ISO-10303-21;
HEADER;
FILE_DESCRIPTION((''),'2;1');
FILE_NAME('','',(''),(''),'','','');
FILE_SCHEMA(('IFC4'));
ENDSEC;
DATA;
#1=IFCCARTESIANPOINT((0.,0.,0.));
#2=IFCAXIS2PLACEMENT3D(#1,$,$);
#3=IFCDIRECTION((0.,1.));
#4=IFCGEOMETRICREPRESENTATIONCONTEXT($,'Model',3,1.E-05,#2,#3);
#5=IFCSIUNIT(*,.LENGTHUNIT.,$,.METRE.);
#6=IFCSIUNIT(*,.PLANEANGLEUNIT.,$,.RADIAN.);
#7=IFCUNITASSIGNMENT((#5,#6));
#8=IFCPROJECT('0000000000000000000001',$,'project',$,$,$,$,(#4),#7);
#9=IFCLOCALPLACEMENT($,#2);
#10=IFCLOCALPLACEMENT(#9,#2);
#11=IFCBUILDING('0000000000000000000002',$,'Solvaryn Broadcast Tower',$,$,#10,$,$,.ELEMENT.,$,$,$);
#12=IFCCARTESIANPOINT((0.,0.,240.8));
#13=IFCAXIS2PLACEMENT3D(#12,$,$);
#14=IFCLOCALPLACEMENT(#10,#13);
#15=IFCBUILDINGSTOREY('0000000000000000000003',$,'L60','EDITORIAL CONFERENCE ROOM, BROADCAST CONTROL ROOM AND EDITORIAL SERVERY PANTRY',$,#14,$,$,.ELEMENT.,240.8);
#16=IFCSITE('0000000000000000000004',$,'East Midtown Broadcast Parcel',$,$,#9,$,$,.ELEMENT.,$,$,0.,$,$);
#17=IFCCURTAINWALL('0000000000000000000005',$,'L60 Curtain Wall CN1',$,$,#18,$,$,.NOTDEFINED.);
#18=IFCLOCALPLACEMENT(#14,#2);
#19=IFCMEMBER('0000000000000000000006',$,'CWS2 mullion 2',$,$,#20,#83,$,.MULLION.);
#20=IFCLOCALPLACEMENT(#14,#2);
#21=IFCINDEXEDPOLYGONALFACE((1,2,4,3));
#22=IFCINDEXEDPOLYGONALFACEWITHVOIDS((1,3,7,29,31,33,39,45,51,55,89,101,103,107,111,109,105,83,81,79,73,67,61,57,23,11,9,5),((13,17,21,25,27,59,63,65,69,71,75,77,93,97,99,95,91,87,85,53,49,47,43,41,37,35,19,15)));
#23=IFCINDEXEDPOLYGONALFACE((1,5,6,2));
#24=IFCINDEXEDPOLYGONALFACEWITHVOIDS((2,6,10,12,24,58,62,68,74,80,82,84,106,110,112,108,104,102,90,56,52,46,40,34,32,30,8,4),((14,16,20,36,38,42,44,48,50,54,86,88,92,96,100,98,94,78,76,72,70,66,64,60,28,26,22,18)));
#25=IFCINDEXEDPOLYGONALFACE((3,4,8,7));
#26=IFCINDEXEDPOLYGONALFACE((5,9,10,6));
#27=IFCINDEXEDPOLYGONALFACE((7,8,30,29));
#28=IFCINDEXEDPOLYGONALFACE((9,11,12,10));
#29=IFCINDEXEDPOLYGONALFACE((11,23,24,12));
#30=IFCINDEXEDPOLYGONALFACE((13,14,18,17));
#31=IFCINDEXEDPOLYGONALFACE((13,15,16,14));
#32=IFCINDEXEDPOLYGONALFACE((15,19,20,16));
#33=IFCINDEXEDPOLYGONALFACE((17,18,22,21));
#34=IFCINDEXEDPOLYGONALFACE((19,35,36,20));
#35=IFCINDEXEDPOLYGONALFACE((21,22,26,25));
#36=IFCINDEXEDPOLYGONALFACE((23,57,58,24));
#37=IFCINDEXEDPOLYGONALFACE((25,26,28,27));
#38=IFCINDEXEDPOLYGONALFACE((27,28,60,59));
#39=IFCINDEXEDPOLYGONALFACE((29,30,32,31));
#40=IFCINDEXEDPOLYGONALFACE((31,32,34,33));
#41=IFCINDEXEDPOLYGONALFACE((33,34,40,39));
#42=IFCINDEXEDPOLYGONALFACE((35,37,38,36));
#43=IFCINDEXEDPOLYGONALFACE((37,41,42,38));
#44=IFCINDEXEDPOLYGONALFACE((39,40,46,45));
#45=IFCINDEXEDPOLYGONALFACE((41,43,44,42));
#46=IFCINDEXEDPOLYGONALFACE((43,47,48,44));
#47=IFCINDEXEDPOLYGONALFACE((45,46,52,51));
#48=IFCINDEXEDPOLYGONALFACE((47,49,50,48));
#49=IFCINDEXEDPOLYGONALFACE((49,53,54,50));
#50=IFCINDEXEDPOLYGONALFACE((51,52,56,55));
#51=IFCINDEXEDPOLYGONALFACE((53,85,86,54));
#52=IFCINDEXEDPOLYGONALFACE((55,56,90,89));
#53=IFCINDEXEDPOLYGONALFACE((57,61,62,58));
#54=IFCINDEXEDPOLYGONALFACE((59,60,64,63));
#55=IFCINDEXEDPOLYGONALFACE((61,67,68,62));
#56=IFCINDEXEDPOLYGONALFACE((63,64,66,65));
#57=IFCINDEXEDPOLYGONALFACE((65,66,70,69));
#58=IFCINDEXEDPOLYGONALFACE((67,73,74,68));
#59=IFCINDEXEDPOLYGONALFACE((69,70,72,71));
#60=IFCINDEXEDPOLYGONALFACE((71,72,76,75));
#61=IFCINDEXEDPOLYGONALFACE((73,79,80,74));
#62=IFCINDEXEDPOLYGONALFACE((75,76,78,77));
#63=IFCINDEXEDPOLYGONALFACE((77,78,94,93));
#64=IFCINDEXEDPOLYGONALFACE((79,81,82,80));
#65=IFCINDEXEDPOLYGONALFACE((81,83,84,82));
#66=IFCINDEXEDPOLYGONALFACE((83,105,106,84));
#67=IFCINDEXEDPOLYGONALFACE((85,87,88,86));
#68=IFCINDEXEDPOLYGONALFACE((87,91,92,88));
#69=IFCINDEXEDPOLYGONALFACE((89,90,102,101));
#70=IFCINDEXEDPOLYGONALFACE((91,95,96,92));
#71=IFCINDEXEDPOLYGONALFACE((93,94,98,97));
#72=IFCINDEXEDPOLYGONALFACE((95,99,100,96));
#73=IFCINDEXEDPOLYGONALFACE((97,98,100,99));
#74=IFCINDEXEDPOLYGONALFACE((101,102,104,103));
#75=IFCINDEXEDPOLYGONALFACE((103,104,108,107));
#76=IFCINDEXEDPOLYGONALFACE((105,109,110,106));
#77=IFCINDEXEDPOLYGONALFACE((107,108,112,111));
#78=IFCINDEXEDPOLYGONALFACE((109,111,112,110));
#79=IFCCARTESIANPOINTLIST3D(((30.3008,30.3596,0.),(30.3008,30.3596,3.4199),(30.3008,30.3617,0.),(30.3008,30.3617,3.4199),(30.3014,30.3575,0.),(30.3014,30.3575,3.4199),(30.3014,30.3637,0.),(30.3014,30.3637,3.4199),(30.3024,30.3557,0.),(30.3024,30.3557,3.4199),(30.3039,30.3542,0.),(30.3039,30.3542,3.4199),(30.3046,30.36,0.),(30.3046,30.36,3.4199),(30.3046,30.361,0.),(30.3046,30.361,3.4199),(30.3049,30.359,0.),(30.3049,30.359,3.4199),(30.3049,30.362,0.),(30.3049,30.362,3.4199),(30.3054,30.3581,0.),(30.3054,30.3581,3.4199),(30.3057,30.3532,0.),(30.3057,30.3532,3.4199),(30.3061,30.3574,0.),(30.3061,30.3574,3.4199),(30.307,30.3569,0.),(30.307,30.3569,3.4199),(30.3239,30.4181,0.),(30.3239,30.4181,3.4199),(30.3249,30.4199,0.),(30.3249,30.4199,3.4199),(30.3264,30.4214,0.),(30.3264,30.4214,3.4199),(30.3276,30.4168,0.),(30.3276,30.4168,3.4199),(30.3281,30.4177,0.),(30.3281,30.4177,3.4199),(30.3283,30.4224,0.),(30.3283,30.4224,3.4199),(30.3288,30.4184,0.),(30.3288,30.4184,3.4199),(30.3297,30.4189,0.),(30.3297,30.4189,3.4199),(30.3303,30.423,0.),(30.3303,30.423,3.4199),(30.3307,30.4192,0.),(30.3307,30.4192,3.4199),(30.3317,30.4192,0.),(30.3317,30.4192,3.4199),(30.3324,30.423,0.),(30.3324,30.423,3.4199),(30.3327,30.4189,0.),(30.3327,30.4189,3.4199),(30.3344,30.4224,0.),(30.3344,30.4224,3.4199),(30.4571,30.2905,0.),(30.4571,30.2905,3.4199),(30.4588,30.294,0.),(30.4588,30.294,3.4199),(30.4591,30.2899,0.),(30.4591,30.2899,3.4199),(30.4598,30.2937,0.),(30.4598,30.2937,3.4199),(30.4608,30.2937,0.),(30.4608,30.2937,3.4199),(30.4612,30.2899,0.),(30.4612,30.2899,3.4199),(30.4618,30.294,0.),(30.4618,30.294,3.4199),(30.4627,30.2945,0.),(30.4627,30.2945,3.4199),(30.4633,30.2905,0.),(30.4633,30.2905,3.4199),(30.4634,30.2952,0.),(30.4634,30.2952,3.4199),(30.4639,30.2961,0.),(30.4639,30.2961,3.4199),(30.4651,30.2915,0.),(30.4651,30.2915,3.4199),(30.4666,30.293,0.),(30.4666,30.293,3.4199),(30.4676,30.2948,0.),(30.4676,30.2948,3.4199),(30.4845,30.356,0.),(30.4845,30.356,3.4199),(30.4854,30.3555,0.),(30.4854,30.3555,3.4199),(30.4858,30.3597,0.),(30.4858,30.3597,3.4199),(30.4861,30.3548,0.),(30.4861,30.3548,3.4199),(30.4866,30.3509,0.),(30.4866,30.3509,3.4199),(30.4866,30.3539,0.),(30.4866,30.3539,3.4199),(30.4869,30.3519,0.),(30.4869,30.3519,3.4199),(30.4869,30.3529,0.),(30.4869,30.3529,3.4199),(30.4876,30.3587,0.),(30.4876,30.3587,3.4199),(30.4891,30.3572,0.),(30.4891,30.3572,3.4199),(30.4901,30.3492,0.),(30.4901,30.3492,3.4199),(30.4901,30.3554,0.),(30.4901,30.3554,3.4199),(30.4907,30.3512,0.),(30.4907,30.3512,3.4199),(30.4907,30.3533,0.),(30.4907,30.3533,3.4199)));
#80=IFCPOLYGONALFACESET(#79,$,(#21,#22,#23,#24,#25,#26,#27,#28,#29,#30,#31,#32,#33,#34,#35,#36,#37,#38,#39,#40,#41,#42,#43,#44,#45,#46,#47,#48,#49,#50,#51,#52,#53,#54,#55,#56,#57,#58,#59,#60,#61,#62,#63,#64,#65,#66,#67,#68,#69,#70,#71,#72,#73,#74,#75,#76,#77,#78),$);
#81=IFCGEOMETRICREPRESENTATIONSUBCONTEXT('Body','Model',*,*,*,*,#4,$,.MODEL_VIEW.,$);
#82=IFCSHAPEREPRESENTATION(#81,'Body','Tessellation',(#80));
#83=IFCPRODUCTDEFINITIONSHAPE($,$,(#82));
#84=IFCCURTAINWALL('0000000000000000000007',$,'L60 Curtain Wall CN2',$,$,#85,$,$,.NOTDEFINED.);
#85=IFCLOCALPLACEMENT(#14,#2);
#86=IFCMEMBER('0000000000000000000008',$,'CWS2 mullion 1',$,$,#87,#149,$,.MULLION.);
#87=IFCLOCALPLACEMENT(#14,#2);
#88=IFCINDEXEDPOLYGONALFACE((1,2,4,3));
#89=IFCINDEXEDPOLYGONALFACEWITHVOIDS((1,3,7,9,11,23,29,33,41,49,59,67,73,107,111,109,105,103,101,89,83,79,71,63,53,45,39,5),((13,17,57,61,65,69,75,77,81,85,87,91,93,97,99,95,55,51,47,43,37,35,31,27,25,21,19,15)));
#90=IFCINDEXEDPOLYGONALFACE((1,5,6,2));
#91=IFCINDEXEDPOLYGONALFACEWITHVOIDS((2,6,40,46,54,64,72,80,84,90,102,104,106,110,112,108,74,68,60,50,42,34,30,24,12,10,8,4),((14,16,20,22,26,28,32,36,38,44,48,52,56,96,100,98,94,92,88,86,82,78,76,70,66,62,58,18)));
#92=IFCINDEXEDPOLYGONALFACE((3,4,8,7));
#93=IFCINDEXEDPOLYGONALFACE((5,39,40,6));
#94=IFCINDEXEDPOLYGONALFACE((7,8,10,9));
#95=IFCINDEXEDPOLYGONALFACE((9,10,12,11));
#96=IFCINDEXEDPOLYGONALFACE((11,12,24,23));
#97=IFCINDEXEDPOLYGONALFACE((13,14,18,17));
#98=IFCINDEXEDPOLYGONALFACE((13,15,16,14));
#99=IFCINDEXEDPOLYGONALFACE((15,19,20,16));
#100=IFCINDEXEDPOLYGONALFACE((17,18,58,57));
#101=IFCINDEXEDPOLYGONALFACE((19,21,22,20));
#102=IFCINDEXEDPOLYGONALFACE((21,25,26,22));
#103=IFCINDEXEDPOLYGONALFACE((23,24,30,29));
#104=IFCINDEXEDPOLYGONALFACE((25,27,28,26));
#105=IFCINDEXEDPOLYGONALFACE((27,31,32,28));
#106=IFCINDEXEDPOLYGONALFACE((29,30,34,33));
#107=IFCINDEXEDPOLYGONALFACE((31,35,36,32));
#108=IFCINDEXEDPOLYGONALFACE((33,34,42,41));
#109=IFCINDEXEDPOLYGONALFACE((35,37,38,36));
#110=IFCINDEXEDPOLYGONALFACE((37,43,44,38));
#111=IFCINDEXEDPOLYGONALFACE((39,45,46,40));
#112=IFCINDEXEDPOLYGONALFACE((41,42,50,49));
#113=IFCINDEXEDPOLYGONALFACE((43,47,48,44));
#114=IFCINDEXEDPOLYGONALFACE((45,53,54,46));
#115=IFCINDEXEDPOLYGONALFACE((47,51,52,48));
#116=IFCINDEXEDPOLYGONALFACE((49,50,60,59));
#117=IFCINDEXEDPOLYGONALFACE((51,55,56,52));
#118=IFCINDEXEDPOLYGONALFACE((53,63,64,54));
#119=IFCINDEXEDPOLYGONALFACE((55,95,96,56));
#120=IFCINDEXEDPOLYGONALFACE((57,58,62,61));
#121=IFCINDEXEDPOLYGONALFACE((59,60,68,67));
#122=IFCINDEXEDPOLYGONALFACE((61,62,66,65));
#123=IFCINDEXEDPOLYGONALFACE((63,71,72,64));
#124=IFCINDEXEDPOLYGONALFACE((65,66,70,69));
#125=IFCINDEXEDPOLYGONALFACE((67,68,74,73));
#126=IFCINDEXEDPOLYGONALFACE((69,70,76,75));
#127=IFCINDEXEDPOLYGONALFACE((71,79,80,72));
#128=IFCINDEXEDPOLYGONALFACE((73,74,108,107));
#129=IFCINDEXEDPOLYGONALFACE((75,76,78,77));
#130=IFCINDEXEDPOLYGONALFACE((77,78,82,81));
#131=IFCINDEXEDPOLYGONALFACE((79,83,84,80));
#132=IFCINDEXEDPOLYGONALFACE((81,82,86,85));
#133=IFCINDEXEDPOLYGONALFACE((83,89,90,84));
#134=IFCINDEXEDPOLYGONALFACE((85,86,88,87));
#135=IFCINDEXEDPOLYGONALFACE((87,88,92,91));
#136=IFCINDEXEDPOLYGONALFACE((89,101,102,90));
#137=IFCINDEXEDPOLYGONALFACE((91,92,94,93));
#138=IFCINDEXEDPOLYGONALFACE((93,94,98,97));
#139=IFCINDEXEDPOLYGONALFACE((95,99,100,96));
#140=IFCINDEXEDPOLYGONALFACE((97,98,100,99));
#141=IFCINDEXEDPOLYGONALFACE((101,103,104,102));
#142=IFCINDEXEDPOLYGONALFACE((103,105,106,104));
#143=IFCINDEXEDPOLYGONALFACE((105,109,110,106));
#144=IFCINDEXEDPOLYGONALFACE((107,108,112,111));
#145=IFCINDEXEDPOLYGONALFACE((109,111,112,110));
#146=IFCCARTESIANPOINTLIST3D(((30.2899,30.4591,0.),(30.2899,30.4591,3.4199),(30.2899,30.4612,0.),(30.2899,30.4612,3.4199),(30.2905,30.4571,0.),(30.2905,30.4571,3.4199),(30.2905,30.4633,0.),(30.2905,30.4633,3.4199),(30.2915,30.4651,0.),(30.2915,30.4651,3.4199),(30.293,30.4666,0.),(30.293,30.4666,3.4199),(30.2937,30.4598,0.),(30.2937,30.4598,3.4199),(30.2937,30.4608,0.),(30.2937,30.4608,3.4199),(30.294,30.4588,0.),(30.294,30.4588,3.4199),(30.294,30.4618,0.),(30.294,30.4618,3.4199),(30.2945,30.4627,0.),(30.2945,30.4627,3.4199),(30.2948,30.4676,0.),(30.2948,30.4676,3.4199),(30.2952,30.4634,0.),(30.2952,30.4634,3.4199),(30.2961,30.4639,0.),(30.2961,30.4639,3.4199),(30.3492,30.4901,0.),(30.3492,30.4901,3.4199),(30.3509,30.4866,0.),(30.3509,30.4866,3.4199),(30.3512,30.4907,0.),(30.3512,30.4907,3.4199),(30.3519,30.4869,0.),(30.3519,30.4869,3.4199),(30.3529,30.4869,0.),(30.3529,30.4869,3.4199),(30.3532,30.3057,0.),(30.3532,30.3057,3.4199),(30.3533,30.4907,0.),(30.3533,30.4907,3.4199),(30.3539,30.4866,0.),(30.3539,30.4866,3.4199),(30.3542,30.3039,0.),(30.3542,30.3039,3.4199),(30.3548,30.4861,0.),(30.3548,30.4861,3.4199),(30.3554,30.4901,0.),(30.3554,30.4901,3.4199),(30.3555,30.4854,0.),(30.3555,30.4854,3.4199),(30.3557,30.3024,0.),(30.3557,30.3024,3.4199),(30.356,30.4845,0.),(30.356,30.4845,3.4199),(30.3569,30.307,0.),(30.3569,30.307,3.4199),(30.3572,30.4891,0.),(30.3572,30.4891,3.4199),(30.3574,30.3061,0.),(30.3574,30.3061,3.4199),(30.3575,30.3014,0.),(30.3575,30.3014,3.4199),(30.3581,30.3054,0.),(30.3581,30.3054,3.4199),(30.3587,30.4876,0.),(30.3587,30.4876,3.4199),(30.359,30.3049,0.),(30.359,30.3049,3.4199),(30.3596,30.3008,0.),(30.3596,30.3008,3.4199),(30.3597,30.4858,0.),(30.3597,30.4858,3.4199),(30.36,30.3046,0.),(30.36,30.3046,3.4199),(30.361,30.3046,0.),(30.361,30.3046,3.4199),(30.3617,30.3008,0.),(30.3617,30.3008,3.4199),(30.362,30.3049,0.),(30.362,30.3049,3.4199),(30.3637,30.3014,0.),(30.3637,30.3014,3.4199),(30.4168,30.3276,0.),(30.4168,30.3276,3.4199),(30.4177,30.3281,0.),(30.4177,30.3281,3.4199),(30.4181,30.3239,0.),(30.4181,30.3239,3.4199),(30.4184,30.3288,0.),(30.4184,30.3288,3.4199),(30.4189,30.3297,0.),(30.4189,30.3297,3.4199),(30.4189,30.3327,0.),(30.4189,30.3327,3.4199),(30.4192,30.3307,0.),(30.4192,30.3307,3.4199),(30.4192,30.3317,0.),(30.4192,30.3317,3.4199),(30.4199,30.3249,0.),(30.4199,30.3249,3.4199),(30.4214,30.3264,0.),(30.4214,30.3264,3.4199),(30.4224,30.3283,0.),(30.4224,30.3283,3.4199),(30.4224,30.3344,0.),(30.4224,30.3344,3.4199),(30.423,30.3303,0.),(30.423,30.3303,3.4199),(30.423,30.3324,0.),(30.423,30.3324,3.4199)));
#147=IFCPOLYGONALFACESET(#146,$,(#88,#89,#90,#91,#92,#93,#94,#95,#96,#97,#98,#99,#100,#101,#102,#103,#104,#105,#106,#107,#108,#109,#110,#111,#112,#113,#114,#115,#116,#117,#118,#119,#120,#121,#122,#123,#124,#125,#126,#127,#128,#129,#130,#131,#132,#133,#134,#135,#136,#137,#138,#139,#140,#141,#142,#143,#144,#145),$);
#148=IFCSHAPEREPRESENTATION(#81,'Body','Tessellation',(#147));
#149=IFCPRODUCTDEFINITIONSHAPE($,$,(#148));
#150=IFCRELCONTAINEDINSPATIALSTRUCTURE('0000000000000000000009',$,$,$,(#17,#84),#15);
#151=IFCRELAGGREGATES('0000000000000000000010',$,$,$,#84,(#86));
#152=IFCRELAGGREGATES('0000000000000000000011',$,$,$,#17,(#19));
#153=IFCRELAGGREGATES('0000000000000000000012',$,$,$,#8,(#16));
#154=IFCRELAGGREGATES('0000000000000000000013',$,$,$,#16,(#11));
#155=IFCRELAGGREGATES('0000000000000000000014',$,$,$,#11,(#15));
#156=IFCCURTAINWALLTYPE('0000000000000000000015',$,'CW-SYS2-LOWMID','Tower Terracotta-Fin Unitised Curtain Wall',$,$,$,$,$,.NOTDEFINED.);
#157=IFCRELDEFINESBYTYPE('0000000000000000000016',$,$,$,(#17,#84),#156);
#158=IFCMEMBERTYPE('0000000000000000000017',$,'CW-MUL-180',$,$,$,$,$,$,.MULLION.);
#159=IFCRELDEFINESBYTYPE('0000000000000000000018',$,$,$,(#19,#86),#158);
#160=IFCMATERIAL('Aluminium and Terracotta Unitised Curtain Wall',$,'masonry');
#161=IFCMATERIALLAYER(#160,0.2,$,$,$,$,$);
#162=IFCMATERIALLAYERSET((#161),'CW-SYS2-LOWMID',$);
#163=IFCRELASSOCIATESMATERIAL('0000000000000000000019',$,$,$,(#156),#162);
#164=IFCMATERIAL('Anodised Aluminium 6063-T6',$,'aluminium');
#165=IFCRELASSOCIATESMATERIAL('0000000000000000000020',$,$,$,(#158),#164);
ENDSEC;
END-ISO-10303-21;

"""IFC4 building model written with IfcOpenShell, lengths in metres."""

from ifc_helpers import new_model, si_unit, direction, frame, origin, origin_2d, place, context, subcontext, project, spatial, hollow_rectangle, extrude, material, layer, layer_set, material_profile, profile_set, type_object, element, aggregate, save


model = new_model("IFC4")

# Units and contexts
model_context = context("Model", 3, precision=1e-05, world=origin(), true_north=direction((0.0, 1.0)))
body_context = subcontext(model_context, "Body", "Model", "MODEL_VIEW")
ifc_project = project(units=[si_unit("LENGTHUNIT", "METRE"), si_unit("PLANEANGLEUNIT", "RADIAN")], contexts=[model_context])

# Site, building, storey
site_placement = place(None, origin())
site = spatial("IfcSite", under=ifc_project, at=site_placement, Name="East Midtown Broadcast Parcel", CompositionType="ELEMENT", RefElevation=0.0)
building_placement = place(site_placement, origin())
building = spatial("IfcBuilding", under=site, at=building_placement, Name="Solvaryn Broadcast Tower", CompositionType="ELEMENT")
storey_placement = place(building_placement, frame((0.0, 0.0, 240.8)))
storey = spatial("IfcBuildingStorey", under=building, at=storey_placement, Name="L60", Description="EDITORIAL CONFERENCE ROOM, BROADCAST CONTROL ROOM AND EDITORIAL SERVERY PANTRY", CompositionType="ELEMENT", Elevation=240.8)

# Curtain wall, member
ifc_material_1 = material(Name="Aluminium and Terracotta Unitised Curtain Wall", Category="masonry")
ifc_layer_1 = layer(ifc_material_1, 0.2)
ifc_layer_set_1 = layer_set([ifc_layer_1], Name="CW-SYS2-LOWMID")
curtain_wall_type = type_object("IfcCurtainWallType", Name="CW-SYS2-LOWMID", Description="Tower Terracotta-Fin Unitised Curtain Wall", PredefinedType="NOTDEFINED", material=ifc_layer_set_1)
curtain_wall_1_placement = place(storey_placement, origin())
curtain_wall_1 = element("IfcCurtainWall", 1, at=curtain_wall_1_placement, inside=storey, type_object=curtain_wall_type, Name="L60 Curtain Wall CN1", PredefinedType="NOTDEFINED")
ifc_material_2 = material(Name="Anodised Aluminium 6063-T6", Category="aluminium")
ifc_material_profile_1 = material_profile(ifc_material_2, hollow_rectangle(XDim=0.075, YDim=0.1799, WallThickness=0.0039, InnerFilletRadius=0.0039, OuterFilletRadius=0.0081, at=origin_2d()))
ifc_profile_set_1 = profile_set([ifc_material_profile_1], Name="Anodised Aluminium 6063-T6")
member_type_1 = type_object("IfcMemberType", Name="CW-MUL-180", PredefinedType="MULLION", material=ifc_profile_set_1)
member_1_placement = place(storey_placement, frame((30.3958, 30.3564, 0.0), z_axis=(0.0, 0.0, 1.0), x_axis=(-0.382646, -0.923895, 0.0)))
member_1 = element("IfcMember", 2, at=member_1_placement, type_object=member_type_1, Name="CWS2 mullion 2", PredefinedType="MULLION", context=body_context, shape_type="SweptSolid", body=[
    extrude(hollow_rectangle(XDim=0.075, YDim=0.1799, WallThickness=0.0039, InnerFilletRadius=0.0039, OuterFilletRadius=0.0081, at=origin_2d()), origin(), (0.0, 0.0, 1.0), 3.4199),
])

# Curtain wall, member
curtain_wall_2_placement = place(storey_placement, origin())
curtain_wall_2 = element("IfcCurtainWall", 3, at=curtain_wall_2_placement, inside=storey, type_object=curtain_wall_type, Name="L60 Curtain Wall CN2", PredefinedType="NOTDEFINED")
member_2_placement = place(storey_placement, frame((30.3564, 30.3958, 0.0), z_axis=(0.0, 0.0, 1.0), x_axis=(-0.923895, -0.382646, 0.0)))
member_2 = element("IfcMember", 4, at=member_2_placement, type_object=member_type_1, Name="CWS2 mullion 1", PredefinedType="MULLION", context=body_context, shape_type="SweptSolid", body=[
    extrude(hollow_rectangle(XDim=0.075, YDim=0.1799, WallThickness=0.0039, InnerFilletRadius=0.0039, OuterFilletRadius=0.0081, at=origin_2d()), origin(), (0.0, 0.0, 1.0), 3.4199),
])
aggregate(curtain_wall_2, [member_2])

aggregate(curtain_wall_1, [member_1])

save(model, "model.ifc")
